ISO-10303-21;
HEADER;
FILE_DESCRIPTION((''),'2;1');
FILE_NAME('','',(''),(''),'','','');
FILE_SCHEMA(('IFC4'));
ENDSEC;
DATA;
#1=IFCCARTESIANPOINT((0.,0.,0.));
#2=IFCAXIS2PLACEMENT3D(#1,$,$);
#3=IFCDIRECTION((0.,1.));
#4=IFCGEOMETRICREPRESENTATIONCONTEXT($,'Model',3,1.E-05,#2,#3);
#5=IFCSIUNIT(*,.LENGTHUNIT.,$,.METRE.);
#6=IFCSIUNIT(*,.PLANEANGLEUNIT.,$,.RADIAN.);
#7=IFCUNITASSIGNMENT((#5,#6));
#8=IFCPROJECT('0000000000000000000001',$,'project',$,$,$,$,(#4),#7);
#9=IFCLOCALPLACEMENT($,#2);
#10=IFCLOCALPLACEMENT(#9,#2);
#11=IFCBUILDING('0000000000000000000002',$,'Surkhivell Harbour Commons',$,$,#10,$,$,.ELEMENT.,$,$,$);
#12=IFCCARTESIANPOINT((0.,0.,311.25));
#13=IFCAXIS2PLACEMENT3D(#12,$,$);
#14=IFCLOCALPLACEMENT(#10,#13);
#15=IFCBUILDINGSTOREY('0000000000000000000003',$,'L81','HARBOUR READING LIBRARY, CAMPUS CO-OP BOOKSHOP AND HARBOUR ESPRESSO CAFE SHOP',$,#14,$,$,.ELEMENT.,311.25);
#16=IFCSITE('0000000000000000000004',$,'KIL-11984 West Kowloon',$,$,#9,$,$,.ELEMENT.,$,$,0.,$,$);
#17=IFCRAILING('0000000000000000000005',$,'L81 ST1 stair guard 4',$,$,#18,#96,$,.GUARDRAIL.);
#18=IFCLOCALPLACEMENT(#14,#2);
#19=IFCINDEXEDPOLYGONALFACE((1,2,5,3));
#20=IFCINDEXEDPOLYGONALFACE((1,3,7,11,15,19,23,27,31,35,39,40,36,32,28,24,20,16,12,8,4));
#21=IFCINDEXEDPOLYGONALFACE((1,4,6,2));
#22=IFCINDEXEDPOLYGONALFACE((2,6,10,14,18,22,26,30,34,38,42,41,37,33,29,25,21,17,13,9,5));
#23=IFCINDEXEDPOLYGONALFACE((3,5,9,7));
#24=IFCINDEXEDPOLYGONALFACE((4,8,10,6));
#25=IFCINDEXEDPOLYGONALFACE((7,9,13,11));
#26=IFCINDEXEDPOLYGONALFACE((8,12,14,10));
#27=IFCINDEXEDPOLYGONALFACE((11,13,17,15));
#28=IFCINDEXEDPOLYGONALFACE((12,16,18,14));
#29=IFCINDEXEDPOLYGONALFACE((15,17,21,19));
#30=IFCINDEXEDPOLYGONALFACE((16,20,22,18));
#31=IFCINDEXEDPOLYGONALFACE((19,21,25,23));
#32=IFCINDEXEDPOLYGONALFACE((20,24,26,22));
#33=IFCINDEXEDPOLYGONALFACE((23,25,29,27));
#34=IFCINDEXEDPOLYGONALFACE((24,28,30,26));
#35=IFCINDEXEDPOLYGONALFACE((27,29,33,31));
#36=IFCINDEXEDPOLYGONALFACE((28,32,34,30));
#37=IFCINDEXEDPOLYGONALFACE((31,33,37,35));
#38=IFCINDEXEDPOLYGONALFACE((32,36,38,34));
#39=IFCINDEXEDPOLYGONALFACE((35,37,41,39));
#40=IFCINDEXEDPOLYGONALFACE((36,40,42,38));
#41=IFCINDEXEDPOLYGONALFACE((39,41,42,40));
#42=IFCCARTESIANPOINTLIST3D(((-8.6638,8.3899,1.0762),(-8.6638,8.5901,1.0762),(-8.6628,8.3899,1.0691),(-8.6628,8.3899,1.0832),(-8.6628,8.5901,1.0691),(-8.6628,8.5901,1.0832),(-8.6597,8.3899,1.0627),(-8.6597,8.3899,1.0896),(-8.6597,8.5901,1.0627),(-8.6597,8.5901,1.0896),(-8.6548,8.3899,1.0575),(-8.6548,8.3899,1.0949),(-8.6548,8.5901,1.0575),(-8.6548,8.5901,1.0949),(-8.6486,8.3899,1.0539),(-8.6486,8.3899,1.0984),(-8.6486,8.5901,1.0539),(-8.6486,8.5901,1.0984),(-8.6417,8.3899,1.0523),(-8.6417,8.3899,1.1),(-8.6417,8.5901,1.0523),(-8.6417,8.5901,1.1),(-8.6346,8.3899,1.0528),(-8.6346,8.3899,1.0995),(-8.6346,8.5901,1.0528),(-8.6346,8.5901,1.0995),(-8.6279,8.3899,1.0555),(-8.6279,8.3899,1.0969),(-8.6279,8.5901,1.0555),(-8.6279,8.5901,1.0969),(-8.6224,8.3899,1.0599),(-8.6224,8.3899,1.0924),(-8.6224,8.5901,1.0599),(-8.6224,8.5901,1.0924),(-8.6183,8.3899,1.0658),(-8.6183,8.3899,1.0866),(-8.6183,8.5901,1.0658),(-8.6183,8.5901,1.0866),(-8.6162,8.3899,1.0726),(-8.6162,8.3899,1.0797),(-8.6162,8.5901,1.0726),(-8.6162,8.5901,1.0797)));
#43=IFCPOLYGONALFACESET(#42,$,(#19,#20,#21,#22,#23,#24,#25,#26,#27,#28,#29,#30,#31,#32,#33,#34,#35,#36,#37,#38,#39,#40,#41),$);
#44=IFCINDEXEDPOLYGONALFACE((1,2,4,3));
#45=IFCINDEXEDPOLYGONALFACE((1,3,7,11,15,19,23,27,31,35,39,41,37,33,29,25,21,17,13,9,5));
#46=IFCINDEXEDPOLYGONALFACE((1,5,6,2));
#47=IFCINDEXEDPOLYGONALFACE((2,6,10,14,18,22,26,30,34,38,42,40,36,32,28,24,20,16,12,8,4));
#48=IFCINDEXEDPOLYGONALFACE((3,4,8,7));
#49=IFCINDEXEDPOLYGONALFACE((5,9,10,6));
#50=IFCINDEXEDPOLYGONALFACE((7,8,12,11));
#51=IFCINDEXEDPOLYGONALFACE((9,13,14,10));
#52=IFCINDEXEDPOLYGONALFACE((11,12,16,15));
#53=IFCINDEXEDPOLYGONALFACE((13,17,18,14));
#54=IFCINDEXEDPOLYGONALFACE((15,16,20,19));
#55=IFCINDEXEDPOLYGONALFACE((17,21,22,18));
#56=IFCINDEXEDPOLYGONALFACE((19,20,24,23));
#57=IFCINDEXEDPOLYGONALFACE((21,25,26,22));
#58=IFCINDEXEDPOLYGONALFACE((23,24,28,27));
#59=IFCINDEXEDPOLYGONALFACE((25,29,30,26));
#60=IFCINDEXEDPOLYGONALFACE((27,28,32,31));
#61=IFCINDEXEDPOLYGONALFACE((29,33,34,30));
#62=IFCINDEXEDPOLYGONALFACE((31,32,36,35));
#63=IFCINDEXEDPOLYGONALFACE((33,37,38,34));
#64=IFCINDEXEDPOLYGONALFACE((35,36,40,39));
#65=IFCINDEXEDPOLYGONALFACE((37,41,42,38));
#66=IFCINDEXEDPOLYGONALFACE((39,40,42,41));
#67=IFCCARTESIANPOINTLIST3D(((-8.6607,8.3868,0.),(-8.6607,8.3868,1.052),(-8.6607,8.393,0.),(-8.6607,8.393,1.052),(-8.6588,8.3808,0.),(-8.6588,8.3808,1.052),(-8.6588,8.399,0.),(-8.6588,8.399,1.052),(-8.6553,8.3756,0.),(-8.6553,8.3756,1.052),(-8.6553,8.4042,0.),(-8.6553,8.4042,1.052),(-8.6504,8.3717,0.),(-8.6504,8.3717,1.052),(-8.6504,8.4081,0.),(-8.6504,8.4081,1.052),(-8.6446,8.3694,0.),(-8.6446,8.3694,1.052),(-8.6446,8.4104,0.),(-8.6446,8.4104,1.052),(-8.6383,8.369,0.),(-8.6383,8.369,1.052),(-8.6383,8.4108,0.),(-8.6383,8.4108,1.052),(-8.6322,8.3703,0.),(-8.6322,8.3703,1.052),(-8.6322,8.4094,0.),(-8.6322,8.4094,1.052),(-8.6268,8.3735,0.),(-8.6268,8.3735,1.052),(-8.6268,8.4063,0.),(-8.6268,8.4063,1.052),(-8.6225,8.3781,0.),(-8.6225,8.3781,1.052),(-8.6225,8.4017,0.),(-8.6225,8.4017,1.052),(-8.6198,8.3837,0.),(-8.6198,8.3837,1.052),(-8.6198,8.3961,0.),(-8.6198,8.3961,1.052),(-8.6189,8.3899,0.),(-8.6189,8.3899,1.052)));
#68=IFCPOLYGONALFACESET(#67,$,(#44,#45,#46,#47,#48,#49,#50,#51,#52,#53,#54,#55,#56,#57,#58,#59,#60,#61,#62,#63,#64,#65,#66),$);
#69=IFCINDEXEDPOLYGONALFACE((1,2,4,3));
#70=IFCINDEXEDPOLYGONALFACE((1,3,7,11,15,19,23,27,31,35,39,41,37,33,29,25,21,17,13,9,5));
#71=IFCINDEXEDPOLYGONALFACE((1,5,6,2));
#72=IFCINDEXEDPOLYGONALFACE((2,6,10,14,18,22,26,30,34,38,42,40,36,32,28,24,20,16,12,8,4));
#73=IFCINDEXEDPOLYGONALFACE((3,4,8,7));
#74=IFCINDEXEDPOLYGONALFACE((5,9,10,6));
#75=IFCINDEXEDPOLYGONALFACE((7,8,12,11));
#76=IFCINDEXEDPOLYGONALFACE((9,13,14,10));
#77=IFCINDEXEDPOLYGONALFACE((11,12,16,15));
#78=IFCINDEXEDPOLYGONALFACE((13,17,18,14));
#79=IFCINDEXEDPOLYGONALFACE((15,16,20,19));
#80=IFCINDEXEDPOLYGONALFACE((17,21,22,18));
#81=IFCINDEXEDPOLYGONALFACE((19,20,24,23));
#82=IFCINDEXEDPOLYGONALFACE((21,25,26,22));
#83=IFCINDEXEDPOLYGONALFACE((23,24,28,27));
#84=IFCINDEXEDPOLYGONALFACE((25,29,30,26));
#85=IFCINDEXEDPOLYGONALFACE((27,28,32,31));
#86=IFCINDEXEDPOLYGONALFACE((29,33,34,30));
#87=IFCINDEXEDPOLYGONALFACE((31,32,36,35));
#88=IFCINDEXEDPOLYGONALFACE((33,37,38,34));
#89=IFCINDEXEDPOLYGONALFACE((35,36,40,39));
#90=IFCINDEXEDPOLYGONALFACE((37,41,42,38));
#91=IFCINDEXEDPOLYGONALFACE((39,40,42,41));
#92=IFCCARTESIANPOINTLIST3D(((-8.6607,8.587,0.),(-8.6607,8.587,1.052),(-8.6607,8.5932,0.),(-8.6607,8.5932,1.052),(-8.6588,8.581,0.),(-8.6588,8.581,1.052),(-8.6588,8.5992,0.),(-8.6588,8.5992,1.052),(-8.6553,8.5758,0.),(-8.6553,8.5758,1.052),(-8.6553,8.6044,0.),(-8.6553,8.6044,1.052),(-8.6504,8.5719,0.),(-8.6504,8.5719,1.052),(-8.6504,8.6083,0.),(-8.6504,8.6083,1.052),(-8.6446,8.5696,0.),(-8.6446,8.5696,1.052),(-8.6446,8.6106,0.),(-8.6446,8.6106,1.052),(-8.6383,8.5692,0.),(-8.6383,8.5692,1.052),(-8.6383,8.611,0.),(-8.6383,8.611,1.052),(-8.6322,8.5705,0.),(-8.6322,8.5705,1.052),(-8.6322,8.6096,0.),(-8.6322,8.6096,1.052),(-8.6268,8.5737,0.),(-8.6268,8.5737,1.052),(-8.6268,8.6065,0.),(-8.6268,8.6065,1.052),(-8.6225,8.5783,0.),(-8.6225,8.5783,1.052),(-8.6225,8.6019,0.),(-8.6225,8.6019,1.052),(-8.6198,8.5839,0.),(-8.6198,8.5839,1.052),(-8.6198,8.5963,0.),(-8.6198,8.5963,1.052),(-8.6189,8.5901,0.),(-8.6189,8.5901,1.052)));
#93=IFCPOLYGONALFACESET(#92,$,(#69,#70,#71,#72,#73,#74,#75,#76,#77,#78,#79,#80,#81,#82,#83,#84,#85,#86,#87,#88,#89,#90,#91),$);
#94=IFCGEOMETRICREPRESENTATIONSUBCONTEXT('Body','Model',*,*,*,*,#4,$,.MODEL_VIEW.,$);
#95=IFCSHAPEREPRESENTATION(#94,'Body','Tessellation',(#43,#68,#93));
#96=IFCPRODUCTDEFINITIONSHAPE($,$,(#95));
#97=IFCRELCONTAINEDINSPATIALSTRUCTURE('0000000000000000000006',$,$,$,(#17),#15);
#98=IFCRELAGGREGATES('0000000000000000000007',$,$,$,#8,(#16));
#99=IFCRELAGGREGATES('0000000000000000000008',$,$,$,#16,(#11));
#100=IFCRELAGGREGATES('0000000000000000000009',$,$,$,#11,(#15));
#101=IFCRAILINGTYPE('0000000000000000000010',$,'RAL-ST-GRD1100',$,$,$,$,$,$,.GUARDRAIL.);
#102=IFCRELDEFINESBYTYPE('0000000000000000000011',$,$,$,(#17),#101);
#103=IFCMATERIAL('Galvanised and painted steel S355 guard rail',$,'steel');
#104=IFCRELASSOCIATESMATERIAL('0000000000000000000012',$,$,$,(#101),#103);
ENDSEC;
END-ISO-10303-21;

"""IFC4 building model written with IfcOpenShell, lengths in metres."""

from ifc_helpers import new_model, si_unit, direction, frame, origin, origin_2d, place, context, subcontext, project, spatial, circle, extrude, material, type_object, element, save


model = new_model("IFC4")

# Units and contexts
model_context = context("Model", 3, precision=1e-05, world=origin(), true_north=direction((0.0, 1.0)))
body_context = subcontext(model_context, "Body", "Model", "MODEL_VIEW")
ifc_project = project(units=[si_unit("LENGTHUNIT", "METRE"), si_unit("PLANEANGLEUNIT", "RADIAN")], contexts=[model_context])

# Site, building, storey
site_placement = place(None, origin())
site = spatial("IfcSite", under=ifc_project, at=site_placement, Name="KIL-11984 West Kowloon", CompositionType="ELEMENT", RefElevation=0.0)
building_placement = place(site_placement, origin())
building = spatial("IfcBuilding", under=site, at=building_placement, Name="Surkhivell Harbour Commons", CompositionType="ELEMENT")
storey_placement = place(building_placement, frame((0.0, 0.0, 311.25)))
storey = spatial("IfcBuildingStorey", under=building, at=storey_placement, Name="L81", Description="HARBOUR READING LIBRARY, CAMPUS CO-OP BOOKSHOP AND HARBOUR ESPRESSO CAFE SHOP", CompositionType="ELEMENT", Elevation=311.25)

# Railing
ifc_material_1 = material(Name="Galvanised and painted steel S355 guard rail", Category="steel")
railing_type_1 = type_object("IfcRailingType", Name="RAL-ST-GRD1100", PredefinedType="GUARDRAIL", material=ifc_material_1)
railing_1_placement = place(storey_placement, frame((-8.6399, 8.3899, 0.0)))
element("IfcRailing", 1, at=railing_1_placement, inside=storey, type_object=railing_type_1, Name="L81 ST1 stair guard 4", PredefinedType="GUARDRAIL", context=body_context, shape_type="SweptSolid", body=[
    extrude(circle(Radius=0.0239, at=origin_2d()), frame((0.0, 0.0, 1.0762), z_axis=(0.0, 1.0, 0.0), x_axis=(-1.0, 0.0, 0.0)), (0.0, 0.0, 1.0), 0.2002),
    extrude(circle(Radius=0.021, at=origin_2d()), origin(), (0.0, 0.0, 1.0), 1.052),
    extrude(circle(Radius=0.021, at=origin_2d()), frame((0.0, 0.2002, 0.0)), (0.0, 0.0, 1.0), 1.052),
])

save(model, "model.ifc")
